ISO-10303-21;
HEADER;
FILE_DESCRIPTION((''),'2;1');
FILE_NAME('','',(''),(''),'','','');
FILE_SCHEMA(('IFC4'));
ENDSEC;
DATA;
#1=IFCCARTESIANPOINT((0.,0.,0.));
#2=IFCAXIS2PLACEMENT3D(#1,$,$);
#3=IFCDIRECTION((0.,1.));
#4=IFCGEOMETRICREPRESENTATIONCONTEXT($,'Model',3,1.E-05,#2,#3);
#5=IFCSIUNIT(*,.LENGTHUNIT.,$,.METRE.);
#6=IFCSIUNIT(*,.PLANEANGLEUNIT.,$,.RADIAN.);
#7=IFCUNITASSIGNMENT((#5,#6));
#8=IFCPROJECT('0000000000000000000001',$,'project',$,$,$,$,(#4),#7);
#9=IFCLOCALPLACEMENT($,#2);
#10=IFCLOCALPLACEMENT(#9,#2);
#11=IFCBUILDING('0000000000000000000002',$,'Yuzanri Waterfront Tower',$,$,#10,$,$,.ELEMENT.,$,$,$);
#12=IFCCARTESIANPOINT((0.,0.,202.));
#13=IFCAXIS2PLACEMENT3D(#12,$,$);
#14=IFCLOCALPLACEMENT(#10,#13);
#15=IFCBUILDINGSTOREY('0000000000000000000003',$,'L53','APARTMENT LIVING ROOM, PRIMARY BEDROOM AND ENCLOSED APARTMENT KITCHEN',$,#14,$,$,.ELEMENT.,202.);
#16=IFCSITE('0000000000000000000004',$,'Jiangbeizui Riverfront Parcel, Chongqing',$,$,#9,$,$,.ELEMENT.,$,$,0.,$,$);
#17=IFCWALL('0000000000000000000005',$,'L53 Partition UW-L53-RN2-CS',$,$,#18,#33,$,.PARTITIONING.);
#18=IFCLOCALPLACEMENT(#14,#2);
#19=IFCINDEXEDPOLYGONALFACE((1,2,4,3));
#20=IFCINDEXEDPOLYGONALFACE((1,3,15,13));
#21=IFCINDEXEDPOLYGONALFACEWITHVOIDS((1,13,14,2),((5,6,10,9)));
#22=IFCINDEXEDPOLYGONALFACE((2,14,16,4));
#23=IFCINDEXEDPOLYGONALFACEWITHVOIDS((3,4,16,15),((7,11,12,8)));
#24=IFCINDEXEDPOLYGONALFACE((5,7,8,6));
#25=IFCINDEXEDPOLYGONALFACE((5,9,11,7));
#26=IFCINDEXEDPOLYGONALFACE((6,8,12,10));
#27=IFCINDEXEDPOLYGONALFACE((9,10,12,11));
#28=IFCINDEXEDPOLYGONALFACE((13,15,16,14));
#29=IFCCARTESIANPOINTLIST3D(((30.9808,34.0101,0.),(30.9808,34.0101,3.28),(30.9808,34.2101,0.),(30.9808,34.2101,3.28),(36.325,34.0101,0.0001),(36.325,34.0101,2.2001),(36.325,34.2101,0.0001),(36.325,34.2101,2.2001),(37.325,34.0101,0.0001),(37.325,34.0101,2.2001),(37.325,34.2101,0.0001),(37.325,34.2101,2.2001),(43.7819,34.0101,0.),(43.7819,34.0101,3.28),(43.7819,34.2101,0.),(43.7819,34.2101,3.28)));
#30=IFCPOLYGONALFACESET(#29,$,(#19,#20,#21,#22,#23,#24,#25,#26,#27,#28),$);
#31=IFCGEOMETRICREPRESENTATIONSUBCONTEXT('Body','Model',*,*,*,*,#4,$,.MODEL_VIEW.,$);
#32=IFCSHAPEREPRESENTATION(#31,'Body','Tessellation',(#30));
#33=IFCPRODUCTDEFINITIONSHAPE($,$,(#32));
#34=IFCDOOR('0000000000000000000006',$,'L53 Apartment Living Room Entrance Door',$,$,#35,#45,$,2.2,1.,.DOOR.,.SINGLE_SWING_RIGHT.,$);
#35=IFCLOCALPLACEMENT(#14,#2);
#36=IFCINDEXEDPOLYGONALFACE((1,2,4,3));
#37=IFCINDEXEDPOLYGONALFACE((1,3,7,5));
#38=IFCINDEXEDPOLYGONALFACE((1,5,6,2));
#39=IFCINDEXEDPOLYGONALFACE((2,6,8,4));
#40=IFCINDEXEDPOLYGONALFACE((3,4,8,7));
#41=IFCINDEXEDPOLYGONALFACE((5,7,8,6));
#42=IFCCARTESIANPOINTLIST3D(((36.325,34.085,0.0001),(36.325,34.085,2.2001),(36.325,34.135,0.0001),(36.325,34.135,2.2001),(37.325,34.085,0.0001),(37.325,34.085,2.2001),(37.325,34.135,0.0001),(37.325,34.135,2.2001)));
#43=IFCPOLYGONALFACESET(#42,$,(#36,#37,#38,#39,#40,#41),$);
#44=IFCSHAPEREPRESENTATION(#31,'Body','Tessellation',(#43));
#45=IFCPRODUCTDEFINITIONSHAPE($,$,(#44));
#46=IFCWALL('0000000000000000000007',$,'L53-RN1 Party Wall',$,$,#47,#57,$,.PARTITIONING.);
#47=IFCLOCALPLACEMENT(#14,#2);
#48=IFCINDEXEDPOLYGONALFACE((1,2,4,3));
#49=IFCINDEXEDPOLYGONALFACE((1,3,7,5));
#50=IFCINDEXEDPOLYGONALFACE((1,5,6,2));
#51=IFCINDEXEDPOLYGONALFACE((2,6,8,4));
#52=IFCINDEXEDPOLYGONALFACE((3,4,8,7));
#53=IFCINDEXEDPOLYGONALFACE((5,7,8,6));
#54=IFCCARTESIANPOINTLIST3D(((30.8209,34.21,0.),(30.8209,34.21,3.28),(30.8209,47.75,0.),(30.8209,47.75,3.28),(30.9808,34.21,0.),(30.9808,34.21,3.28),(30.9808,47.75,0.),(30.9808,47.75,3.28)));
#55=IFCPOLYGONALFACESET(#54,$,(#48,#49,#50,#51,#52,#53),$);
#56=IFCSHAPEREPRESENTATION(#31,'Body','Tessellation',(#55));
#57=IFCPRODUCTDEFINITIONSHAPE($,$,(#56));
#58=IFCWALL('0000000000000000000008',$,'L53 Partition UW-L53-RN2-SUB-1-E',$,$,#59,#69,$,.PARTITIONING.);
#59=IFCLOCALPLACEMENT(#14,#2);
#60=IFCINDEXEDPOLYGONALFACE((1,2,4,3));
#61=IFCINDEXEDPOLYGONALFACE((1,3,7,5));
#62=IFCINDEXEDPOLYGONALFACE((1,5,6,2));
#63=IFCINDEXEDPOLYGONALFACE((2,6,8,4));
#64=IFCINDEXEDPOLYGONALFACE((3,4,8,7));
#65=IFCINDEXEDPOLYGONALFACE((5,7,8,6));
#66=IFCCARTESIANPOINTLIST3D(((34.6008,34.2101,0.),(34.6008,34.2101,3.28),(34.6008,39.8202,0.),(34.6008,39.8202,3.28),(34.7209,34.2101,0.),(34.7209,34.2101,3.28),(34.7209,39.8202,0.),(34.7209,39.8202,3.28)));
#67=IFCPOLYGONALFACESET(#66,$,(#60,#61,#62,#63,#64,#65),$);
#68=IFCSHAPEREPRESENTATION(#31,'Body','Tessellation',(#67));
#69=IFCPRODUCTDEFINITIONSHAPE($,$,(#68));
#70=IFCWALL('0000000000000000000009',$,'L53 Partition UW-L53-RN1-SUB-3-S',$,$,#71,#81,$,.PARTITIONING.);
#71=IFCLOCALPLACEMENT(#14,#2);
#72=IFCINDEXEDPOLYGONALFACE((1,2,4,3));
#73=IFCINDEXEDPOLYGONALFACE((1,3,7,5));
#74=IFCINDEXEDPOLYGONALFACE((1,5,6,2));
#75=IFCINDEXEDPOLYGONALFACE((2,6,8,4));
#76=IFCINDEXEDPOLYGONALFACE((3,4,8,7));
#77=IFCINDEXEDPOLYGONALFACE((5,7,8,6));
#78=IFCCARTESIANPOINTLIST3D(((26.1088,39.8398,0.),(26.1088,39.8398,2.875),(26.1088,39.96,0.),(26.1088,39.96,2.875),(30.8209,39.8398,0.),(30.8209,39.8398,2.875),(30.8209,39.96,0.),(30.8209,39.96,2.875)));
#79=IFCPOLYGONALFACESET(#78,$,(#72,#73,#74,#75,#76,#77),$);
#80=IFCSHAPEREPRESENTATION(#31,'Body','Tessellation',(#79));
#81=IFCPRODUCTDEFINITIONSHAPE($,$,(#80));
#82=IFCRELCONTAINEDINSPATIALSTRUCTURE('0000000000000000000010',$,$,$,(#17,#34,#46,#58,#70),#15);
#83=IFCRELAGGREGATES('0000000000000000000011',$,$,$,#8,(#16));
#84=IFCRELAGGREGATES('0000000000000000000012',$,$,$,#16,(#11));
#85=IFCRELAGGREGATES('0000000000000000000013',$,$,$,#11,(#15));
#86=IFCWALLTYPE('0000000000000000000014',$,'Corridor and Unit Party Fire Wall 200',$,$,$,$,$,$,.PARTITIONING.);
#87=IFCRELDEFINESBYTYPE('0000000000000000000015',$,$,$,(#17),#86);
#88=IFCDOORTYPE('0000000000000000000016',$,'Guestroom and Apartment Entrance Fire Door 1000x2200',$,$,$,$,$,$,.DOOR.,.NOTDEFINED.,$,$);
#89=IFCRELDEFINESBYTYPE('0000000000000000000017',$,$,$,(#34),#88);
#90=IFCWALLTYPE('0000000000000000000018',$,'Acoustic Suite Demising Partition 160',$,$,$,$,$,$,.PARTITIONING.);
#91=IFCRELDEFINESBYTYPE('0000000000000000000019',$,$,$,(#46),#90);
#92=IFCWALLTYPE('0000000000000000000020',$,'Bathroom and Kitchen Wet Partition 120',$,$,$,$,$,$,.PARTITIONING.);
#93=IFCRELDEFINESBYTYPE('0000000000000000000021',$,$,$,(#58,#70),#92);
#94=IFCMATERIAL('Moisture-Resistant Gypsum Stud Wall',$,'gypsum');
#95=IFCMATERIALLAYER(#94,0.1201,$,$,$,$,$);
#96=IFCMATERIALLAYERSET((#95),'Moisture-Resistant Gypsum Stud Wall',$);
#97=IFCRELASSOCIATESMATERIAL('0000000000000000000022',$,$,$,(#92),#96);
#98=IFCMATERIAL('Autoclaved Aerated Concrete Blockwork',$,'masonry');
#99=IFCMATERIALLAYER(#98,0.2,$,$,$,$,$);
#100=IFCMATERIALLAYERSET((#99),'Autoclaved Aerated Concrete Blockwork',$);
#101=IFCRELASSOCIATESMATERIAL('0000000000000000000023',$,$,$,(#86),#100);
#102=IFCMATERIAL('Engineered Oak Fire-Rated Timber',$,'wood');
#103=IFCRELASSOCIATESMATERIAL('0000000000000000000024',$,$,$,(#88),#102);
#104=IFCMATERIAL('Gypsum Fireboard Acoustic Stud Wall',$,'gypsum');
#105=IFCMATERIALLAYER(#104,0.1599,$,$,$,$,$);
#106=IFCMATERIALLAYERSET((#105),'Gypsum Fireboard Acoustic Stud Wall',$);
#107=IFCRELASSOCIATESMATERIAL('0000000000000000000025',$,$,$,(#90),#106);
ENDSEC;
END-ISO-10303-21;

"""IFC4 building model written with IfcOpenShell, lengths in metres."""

from ifc_helpers import new_model, si_unit, direction, frame, frame_2d, origin, place, context, subcontext, project, spatial, rectangle, extrude, source, transform, mapped, material, layer, layer_set, type_object, element, fill, save


model = new_model("IFC4")

# Units and contexts
model_context = context("Model", 3, precision=1e-05, world=origin(), true_north=direction((0.0, 1.0)))
body_context = subcontext(model_context, "Body", "Model", "MODEL_VIEW")
ifc_project = project(units=[si_unit("LENGTHUNIT", "METRE"), si_unit("PLANEANGLEUNIT", "RADIAN")], contexts=[model_context])

# Site, building, storey
site_placement = place(None, origin())
site = spatial("IfcSite", under=ifc_project, at=site_placement, Name="Jiangbeizui Riverfront Parcel, Chongqing", CompositionType="ELEMENT", RefElevation=0.0)
building_placement = place(site_placement, origin())
building = spatial("IfcBuilding", under=site, at=building_placement, Name="Yuzanri Waterfront Tower", CompositionType="ELEMENT")
storey_placement = place(building_placement, frame((0.0, 0.0, 202.0)))
storey = spatial("IfcBuildingStorey", under=building, at=storey_placement, Name="L53", Description="APARTMENT LIVING ROOM, PRIMARY BEDROOM AND ENCLOSED APARTMENT KITCHEN", CompositionType="ELEMENT", Elevation=202.0)

# Wall, opening, door
ifc_material_1 = material(Name="Moisture-Resistant Gypsum Stud Wall", Category="gypsum")
ifc_layer_1 = layer(ifc_material_1, 0.1201)
ifc_layer_set_1 = layer_set([ifc_layer_1], Name="Moisture-Resistant Gypsum Stud Wall")
wall_type_1 = type_object("IfcWallType", Name="Bathroom and Kitchen Wet Partition 120", PredefinedType="PARTITIONING", material=ifc_layer_set_1)
ifc_material_2 = material(Name="Autoclaved Aerated Concrete Blockwork", Category="masonry")
ifc_layer_2 = layer(ifc_material_2, 0.2)
ifc_layer_set_2 = layer_set([ifc_layer_2], Name="Autoclaved Aerated Concrete Blockwork")
wall_type_2 = type_object("IfcWallType", Name="Corridor and Unit Party Fire Wall 200", PredefinedType="PARTITIONING", material=ifc_layer_set_2)
wall_1_placement = place(storey_placement, frame((30.981, 34.1101, 0.0), z_axis=(0.0, 0.0, 1.0), x_axis=(1.0, 0.0, 0.0)))
wall_1 = element("IfcWall", 1, at=wall_1_placement, inside=storey, type_object=wall_type_2, Name="L53 Partition UW-L53-RN2-CS", PredefinedType="PARTITIONING", context=body_context, shape_type="SweptSolid", body=[
    extrude(rectangle(XDim=12.801, YDim=0.2, at=frame_2d((6.4004, 0.0))), origin(), (0.0, 0.0, 1.0), 3.28),
])
opening_1_placement = place(wall_1_placement, frame((5.344, 0.0, 0.0)))
opening_1 = element("IfcOpeningElement", 2, at=opening_1_placement, cuts=wall_1, PredefinedType="OPENING", context=body_context, shape_type="SweptSolid", body=[
    extrude(rectangle(XDim=1.0, YDim=2.2, at=frame_2d((0.5, 1.1001))), frame((0.0, 0.1147, 0.0), z_axis=(0.0, -1.0, 0.0), x_axis=(1.0, 0.0, 0.0)), (0.0, 0.0, 1.0), 0.2297),
])
ifc_material_3 = material(Name="Engineered Oak Fire-Rated Timber", Category="wood")
door_type_1 = type_object("IfcDoorType", Name="Guestroom and Apartment Entrance Fire Door 1000x2200", OperationType="NOTDEFINED", PredefinedType="DOOR", material=ifc_material_3)
shared_shape_1 = source(origin(), body_context, "Body", "SweptSolid", [
    extrude(rectangle(XDim=1.0, YDim=2.2, at=frame_2d((0.5, 1.1001))), frame((0.0, 0.0249, 0.0), z_axis=(0.0, -1.0, 0.0), x_axis=(1.0, 0.0, 0.0)), (0.0, 0.0, 1.0), 0.05),
])
door_1_placement = place(opening_1_placement, origin())
door_1 = element("IfcDoor", 3, at=door_1_placement, inside=storey, type_object=door_type_1, Name="L53 Apartment Living Room Entrance Door", OperationType="SINGLE_SWING_RIGHT", OverallHeight=2.2, OverallWidth=1.0, PredefinedType="DOOR", context=body_context, shape_type="MappedRepresentation", body=[
    mapped(shared_shape_1, transform((0.0, 0.0, 0.0), scale=1.0)),
])
fill(opening_1, door_1)

# Walls
ifc_material_4 = material(Name="Gypsum Fireboard Acoustic Stud Wall", Category="gypsum")
ifc_layer_3 = layer(ifc_material_4, 0.1599)
ifc_layer_set_3 = layer_set([ifc_layer_3], Name="Gypsum Fireboard Acoustic Stud Wall")
wall_type_3 = type_object("IfcWallType", Name="Acoustic Suite Demising Partition 160", PredefinedType="PARTITIONING", material=ifc_layer_set_3)
shared_shape_2 = source(origin(), body_context, "Body", "SweptSolid", [
    extrude(rectangle(XDim=13.54, YDim=0.1599, at=frame_2d((6.77, 0.0))), origin(), (0.0, 0.0, 1.0), 3.28),
])
wall_2_placement = place(storey_placement, frame((30.9009, 34.21, 0.0), z_axis=(0.0, 0.0, 1.0), x_axis=(0.0, 1.0, 0.0)))
element("IfcWall", 4, at=wall_2_placement, inside=storey, type_object=wall_type_3, Name="L53-RN1 Party Wall", PredefinedType="PARTITIONING", context=body_context, shape_type="MappedRepresentation", body=[
    mapped(shared_shape_2, transform((0.0, 0.0, 0.0), scale=1.0)),
])
shared_shape_3 = source(origin(), body_context, "Body", "SweptSolid", [
    extrude(rectangle(XDim=5.6101, YDim=0.1201, at=frame_2d((2.8052, 0.0))), origin(), (0.0, 0.0, 1.0), 3.28),
])
wall_3_placement = place(storey_placement, frame((34.6609, 34.21, 0.0), z_axis=(0.0, 0.0, 1.0), x_axis=(0.0, 1.0, 0.0)))
element("IfcWall", 5, at=wall_3_placement, inside=storey, type_object=wall_type_1, Name="L53 Partition UW-L53-RN2-SUB-1-E", PredefinedType="PARTITIONING", context=body_context, shape_type="MappedRepresentation", body=[
    mapped(shared_shape_3, transform((0.0, 0.0, 0.0), scale=1.0)),
])
shared_shape_4 = source(origin(), body_context, "Body", "SweptSolid", [
    extrude(rectangle(XDim=4.7122, YDim=0.1201, at=frame_2d((2.356, 0.0))), origin(), (0.0, 0.0, 1.0), 2.875),
])
wall_4_placement = place(storey_placement, frame((26.1089, 39.8999, 0.0), z_axis=(0.0, 0.0, 1.0), x_axis=(1.0, 0.0, 0.0)))
element("IfcWall", 6, at=wall_4_placement, inside=storey, type_object=wall_type_1, Name="L53 Partition UW-L53-RN1-SUB-3-S", PredefinedType="PARTITIONING", context=body_context, shape_type="MappedRepresentation", body=[
    mapped(shared_shape_4, transform((0.0, 0.0, 0.0), scale=1.0)),
])

save(model, "model.ifc")
